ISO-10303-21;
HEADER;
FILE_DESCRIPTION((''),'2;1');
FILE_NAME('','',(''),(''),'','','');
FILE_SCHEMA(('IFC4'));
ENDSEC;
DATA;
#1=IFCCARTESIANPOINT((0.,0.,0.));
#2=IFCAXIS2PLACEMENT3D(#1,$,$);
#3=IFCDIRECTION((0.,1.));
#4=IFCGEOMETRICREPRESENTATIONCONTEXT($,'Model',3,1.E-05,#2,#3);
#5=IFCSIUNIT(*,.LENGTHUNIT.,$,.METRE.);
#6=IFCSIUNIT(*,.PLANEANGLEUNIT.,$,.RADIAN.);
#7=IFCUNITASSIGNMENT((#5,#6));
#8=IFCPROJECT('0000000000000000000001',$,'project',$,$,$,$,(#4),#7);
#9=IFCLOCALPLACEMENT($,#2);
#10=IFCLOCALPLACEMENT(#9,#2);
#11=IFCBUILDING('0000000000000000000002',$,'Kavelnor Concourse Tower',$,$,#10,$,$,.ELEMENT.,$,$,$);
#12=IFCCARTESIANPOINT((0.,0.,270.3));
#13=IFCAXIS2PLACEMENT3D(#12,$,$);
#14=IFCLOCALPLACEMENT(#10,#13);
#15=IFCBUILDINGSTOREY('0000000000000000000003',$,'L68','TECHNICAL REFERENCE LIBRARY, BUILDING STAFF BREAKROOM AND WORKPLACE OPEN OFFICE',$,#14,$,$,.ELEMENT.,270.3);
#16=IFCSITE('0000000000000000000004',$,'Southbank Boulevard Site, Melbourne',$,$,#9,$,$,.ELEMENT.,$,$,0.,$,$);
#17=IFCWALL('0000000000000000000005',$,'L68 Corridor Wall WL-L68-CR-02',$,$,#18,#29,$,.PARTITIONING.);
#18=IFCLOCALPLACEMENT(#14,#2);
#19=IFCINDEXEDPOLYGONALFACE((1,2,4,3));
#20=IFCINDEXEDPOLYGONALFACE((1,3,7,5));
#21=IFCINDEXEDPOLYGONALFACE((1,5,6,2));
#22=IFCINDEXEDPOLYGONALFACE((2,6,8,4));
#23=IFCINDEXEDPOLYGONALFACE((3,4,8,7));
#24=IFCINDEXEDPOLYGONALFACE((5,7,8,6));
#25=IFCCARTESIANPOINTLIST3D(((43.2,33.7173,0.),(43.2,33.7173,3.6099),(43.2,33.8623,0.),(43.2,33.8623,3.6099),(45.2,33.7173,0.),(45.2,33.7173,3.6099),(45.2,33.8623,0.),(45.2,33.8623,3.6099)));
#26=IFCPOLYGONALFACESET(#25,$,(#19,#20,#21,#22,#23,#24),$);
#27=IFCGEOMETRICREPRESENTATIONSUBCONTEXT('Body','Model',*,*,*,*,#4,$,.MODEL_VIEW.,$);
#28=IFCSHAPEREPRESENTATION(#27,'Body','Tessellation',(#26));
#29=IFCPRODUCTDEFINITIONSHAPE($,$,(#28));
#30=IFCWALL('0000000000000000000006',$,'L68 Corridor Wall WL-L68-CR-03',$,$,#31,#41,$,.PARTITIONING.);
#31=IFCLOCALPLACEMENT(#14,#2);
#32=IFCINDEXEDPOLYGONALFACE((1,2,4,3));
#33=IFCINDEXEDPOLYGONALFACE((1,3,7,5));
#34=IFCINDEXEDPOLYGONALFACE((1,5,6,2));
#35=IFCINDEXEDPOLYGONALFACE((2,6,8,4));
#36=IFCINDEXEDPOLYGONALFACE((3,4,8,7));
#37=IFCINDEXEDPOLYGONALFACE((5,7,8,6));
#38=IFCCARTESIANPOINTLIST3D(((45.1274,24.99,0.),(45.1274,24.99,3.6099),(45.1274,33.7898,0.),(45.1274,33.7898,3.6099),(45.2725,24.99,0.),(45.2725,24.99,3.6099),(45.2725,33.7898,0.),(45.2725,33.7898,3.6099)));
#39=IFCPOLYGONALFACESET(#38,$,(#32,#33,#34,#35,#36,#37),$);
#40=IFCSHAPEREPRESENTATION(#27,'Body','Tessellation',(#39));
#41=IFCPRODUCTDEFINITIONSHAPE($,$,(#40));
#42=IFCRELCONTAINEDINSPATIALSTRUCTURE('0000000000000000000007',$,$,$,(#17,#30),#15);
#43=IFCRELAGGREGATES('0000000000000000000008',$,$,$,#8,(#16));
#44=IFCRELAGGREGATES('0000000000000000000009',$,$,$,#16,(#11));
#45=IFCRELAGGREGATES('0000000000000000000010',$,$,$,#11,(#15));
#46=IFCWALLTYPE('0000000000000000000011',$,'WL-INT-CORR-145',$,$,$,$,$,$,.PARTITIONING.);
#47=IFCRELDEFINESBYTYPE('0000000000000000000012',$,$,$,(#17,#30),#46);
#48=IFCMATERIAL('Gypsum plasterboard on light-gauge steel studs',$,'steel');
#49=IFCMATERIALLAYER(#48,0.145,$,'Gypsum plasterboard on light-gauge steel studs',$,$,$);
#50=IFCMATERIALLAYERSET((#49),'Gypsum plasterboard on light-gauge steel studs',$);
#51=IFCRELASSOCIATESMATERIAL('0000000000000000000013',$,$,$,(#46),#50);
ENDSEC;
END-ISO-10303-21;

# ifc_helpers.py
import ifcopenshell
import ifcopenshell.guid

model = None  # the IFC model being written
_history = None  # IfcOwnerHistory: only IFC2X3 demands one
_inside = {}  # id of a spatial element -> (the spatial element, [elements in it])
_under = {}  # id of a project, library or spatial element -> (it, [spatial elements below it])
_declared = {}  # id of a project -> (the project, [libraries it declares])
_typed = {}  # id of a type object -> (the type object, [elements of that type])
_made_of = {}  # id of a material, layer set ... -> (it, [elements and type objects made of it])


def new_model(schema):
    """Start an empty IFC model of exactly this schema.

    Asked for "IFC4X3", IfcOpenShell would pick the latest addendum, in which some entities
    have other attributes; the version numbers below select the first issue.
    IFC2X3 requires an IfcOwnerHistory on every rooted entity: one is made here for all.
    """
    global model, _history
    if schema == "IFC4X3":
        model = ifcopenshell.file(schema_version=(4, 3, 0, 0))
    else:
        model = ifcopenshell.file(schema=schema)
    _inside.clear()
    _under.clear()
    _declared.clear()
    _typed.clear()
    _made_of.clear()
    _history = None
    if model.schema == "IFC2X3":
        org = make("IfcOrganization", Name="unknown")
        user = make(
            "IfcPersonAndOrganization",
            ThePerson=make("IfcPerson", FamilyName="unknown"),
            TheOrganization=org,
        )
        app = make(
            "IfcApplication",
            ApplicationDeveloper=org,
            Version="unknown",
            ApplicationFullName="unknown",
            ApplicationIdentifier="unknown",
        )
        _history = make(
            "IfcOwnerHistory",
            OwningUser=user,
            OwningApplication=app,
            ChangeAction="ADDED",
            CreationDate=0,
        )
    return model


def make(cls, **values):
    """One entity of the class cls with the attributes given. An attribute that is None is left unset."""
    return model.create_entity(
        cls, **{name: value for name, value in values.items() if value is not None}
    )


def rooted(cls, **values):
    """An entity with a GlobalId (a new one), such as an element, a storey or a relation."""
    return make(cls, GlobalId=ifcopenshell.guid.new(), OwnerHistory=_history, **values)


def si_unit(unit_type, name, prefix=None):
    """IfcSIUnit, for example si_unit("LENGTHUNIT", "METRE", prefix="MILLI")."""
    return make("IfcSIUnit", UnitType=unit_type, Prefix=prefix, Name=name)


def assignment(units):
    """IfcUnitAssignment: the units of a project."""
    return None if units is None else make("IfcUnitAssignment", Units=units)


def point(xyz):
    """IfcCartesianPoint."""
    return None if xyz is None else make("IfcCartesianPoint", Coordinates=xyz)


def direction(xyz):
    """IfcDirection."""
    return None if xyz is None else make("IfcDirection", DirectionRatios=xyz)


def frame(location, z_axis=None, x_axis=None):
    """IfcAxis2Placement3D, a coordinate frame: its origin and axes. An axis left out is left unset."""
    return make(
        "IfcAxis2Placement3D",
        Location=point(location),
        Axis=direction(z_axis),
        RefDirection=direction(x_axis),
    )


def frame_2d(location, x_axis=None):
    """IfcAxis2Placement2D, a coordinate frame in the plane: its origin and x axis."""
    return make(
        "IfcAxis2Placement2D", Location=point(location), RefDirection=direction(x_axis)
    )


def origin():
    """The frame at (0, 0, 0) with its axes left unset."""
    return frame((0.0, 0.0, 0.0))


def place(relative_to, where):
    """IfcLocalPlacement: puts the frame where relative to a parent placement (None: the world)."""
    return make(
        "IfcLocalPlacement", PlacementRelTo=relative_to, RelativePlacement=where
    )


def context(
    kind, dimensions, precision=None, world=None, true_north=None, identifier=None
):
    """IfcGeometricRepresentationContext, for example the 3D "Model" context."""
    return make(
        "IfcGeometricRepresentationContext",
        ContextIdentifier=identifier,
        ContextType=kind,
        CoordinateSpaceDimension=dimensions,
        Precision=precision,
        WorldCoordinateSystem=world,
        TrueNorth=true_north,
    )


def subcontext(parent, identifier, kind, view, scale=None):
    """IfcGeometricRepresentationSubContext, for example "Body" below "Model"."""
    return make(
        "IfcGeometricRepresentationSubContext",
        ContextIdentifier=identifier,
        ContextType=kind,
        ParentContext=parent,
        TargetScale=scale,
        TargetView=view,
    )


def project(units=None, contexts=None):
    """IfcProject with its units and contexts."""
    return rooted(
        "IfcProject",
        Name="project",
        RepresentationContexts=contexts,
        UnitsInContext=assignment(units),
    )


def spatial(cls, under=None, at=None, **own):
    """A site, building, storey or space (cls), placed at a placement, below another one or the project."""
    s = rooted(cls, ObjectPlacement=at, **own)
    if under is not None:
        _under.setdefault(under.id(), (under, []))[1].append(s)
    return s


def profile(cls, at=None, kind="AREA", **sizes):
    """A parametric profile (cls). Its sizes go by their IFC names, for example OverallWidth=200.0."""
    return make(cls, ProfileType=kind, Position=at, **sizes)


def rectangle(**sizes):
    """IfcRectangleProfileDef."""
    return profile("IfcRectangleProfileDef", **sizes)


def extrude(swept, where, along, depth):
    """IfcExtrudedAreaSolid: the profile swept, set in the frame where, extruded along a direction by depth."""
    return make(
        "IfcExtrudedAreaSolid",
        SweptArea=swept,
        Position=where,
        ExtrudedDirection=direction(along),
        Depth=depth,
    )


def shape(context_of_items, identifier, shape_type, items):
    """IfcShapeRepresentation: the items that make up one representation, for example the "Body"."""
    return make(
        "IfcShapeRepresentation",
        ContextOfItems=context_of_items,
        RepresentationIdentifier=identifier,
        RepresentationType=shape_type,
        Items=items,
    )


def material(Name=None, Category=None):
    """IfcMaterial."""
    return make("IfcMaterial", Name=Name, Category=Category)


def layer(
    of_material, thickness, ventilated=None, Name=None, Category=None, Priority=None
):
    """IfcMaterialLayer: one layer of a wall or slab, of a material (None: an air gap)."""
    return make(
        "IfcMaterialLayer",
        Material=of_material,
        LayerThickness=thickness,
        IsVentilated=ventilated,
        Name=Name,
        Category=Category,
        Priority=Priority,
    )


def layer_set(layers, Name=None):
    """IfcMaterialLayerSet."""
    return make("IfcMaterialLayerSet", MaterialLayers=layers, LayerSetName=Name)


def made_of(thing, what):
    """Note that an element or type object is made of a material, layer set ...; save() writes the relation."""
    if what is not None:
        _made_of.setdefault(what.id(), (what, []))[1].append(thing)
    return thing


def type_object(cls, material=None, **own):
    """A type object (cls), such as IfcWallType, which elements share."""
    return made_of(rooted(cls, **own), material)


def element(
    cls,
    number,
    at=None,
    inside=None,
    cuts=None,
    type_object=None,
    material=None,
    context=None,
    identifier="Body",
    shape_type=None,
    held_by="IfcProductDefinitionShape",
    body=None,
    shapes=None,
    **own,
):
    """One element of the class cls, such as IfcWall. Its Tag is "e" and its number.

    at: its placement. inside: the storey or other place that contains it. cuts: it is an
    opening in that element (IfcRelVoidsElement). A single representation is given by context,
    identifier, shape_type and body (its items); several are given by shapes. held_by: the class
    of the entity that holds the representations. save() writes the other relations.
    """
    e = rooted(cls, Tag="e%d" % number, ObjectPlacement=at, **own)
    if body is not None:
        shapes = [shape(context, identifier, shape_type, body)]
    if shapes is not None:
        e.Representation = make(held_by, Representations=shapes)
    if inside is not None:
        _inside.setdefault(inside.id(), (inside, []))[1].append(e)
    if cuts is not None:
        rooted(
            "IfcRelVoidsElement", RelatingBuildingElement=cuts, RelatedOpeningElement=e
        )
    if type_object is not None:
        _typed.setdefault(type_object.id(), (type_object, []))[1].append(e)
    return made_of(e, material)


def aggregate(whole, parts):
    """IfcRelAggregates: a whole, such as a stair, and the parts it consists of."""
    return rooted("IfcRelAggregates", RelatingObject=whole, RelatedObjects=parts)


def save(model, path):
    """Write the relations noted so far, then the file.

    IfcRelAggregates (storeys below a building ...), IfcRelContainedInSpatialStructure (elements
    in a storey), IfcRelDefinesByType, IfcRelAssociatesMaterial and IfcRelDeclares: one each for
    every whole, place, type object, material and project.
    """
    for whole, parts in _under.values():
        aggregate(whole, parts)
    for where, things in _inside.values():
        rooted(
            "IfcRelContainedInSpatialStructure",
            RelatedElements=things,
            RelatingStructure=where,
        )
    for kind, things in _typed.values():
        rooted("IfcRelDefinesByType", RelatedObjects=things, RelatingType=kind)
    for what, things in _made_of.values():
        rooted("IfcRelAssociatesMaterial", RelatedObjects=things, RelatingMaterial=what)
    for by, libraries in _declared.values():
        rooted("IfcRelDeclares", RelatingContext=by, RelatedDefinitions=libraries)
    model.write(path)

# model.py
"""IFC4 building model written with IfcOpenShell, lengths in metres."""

from ifc_helpers import new_model, si_unit, direction, frame, frame_2d, origin, place, context, subcontext, project, spatial, rectangle, extrude, material, layer, layer_set, type_object, element, save


model = new_model("IFC4")

# Units and contexts
model_context = context("Model", 3, precision=1e-05, world=origin(), true_north=direction((0.0, 1.0)))
body_context = subcontext(model_context, "Body", "Model", "MODEL_VIEW")
ifc_project = project(units=[si_unit("LENGTHUNIT", "METRE"), si_unit("PLANEANGLEUNIT", "RADIAN")], contexts=[model_context])

# Site, building, storey
site_placement = place(None, origin())
site = spatial("IfcSite", under=ifc_project, at=site_placement, Name="Southbank Boulevard Site, Melbourne", CompositionType="ELEMENT", RefElevation=0.0)
building_placement = place(site_placement, origin())
building = spatial("IfcBuilding", under=site, at=building_placement, Name="Kavelnor Concourse Tower", CompositionType="ELEMENT")
storey_placement = place(building_placement, frame((0.0, 0.0, 270.3)))
storey = spatial("IfcBuildingStorey", under=building, at=storey_placement, Name="L68", Description="TECHNICAL REFERENCE LIBRARY, BUILDING STAFF BREAKROOM AND WORKPLACE OPEN OFFICE", CompositionType="ELEMENT", Elevation=270.3)

# Walls
ifc_material_1 = material(Name="Gypsum plasterboard on light-gauge steel studs", Category="steel")
ifc_layer_1 = layer(ifc_material_1, 0.145, Name="Gypsum plasterboard on light-gauge steel studs")
ifc_layer_set_1 = layer_set([ifc_layer_1], Name="Gypsum plasterboard on light-gauge steel studs")
wall_type_1 = type_object("IfcWallType", Name="WL-INT-CORR-145", PredefinedType="PARTITIONING", material=ifc_layer_set_1)
wall_1_placement = place(storey_placement, frame((43.2, 33.7898, 0.0), z_axis=(0.0, 0.0, 1.0), x_axis=(1.0, 0.0, 0.0)))
element("IfcWall", 1, at=wall_1_placement, inside=storey, type_object=wall_type_1, Name="L68 Corridor Wall WL-L68-CR-02", PredefinedType="PARTITIONING", context=body_context, shape_type="SweptSolid", body=[
    extrude(rectangle(XDim=2.0, YDim=0.145, at=frame_2d((1.0, 0.0))), origin(), (0.0, 0.0, 1.0), 3.6099),
])
wall_2_placement = place(storey_placement, frame((45.2, 33.7898, 0.0), z_axis=(0.0, 0.0, 1.0), x_axis=(0.0, -1.0, 0.0)))
element("IfcWall", 2, at=wall_2_placement, inside=storey, type_object=wall_type_1, Name="L68 Corridor Wall WL-L68-CR-03", PredefinedType="PARTITIONING", context=body_context, shape_type="SweptSolid", body=[
    extrude(rectangle(XDim=8.7998, YDim=0.145, at=frame_2d((4.3999, 0.0))), origin(), (0.0, 0.0, 1.0), 3.6099),
])

save(model, "model.ifc")
